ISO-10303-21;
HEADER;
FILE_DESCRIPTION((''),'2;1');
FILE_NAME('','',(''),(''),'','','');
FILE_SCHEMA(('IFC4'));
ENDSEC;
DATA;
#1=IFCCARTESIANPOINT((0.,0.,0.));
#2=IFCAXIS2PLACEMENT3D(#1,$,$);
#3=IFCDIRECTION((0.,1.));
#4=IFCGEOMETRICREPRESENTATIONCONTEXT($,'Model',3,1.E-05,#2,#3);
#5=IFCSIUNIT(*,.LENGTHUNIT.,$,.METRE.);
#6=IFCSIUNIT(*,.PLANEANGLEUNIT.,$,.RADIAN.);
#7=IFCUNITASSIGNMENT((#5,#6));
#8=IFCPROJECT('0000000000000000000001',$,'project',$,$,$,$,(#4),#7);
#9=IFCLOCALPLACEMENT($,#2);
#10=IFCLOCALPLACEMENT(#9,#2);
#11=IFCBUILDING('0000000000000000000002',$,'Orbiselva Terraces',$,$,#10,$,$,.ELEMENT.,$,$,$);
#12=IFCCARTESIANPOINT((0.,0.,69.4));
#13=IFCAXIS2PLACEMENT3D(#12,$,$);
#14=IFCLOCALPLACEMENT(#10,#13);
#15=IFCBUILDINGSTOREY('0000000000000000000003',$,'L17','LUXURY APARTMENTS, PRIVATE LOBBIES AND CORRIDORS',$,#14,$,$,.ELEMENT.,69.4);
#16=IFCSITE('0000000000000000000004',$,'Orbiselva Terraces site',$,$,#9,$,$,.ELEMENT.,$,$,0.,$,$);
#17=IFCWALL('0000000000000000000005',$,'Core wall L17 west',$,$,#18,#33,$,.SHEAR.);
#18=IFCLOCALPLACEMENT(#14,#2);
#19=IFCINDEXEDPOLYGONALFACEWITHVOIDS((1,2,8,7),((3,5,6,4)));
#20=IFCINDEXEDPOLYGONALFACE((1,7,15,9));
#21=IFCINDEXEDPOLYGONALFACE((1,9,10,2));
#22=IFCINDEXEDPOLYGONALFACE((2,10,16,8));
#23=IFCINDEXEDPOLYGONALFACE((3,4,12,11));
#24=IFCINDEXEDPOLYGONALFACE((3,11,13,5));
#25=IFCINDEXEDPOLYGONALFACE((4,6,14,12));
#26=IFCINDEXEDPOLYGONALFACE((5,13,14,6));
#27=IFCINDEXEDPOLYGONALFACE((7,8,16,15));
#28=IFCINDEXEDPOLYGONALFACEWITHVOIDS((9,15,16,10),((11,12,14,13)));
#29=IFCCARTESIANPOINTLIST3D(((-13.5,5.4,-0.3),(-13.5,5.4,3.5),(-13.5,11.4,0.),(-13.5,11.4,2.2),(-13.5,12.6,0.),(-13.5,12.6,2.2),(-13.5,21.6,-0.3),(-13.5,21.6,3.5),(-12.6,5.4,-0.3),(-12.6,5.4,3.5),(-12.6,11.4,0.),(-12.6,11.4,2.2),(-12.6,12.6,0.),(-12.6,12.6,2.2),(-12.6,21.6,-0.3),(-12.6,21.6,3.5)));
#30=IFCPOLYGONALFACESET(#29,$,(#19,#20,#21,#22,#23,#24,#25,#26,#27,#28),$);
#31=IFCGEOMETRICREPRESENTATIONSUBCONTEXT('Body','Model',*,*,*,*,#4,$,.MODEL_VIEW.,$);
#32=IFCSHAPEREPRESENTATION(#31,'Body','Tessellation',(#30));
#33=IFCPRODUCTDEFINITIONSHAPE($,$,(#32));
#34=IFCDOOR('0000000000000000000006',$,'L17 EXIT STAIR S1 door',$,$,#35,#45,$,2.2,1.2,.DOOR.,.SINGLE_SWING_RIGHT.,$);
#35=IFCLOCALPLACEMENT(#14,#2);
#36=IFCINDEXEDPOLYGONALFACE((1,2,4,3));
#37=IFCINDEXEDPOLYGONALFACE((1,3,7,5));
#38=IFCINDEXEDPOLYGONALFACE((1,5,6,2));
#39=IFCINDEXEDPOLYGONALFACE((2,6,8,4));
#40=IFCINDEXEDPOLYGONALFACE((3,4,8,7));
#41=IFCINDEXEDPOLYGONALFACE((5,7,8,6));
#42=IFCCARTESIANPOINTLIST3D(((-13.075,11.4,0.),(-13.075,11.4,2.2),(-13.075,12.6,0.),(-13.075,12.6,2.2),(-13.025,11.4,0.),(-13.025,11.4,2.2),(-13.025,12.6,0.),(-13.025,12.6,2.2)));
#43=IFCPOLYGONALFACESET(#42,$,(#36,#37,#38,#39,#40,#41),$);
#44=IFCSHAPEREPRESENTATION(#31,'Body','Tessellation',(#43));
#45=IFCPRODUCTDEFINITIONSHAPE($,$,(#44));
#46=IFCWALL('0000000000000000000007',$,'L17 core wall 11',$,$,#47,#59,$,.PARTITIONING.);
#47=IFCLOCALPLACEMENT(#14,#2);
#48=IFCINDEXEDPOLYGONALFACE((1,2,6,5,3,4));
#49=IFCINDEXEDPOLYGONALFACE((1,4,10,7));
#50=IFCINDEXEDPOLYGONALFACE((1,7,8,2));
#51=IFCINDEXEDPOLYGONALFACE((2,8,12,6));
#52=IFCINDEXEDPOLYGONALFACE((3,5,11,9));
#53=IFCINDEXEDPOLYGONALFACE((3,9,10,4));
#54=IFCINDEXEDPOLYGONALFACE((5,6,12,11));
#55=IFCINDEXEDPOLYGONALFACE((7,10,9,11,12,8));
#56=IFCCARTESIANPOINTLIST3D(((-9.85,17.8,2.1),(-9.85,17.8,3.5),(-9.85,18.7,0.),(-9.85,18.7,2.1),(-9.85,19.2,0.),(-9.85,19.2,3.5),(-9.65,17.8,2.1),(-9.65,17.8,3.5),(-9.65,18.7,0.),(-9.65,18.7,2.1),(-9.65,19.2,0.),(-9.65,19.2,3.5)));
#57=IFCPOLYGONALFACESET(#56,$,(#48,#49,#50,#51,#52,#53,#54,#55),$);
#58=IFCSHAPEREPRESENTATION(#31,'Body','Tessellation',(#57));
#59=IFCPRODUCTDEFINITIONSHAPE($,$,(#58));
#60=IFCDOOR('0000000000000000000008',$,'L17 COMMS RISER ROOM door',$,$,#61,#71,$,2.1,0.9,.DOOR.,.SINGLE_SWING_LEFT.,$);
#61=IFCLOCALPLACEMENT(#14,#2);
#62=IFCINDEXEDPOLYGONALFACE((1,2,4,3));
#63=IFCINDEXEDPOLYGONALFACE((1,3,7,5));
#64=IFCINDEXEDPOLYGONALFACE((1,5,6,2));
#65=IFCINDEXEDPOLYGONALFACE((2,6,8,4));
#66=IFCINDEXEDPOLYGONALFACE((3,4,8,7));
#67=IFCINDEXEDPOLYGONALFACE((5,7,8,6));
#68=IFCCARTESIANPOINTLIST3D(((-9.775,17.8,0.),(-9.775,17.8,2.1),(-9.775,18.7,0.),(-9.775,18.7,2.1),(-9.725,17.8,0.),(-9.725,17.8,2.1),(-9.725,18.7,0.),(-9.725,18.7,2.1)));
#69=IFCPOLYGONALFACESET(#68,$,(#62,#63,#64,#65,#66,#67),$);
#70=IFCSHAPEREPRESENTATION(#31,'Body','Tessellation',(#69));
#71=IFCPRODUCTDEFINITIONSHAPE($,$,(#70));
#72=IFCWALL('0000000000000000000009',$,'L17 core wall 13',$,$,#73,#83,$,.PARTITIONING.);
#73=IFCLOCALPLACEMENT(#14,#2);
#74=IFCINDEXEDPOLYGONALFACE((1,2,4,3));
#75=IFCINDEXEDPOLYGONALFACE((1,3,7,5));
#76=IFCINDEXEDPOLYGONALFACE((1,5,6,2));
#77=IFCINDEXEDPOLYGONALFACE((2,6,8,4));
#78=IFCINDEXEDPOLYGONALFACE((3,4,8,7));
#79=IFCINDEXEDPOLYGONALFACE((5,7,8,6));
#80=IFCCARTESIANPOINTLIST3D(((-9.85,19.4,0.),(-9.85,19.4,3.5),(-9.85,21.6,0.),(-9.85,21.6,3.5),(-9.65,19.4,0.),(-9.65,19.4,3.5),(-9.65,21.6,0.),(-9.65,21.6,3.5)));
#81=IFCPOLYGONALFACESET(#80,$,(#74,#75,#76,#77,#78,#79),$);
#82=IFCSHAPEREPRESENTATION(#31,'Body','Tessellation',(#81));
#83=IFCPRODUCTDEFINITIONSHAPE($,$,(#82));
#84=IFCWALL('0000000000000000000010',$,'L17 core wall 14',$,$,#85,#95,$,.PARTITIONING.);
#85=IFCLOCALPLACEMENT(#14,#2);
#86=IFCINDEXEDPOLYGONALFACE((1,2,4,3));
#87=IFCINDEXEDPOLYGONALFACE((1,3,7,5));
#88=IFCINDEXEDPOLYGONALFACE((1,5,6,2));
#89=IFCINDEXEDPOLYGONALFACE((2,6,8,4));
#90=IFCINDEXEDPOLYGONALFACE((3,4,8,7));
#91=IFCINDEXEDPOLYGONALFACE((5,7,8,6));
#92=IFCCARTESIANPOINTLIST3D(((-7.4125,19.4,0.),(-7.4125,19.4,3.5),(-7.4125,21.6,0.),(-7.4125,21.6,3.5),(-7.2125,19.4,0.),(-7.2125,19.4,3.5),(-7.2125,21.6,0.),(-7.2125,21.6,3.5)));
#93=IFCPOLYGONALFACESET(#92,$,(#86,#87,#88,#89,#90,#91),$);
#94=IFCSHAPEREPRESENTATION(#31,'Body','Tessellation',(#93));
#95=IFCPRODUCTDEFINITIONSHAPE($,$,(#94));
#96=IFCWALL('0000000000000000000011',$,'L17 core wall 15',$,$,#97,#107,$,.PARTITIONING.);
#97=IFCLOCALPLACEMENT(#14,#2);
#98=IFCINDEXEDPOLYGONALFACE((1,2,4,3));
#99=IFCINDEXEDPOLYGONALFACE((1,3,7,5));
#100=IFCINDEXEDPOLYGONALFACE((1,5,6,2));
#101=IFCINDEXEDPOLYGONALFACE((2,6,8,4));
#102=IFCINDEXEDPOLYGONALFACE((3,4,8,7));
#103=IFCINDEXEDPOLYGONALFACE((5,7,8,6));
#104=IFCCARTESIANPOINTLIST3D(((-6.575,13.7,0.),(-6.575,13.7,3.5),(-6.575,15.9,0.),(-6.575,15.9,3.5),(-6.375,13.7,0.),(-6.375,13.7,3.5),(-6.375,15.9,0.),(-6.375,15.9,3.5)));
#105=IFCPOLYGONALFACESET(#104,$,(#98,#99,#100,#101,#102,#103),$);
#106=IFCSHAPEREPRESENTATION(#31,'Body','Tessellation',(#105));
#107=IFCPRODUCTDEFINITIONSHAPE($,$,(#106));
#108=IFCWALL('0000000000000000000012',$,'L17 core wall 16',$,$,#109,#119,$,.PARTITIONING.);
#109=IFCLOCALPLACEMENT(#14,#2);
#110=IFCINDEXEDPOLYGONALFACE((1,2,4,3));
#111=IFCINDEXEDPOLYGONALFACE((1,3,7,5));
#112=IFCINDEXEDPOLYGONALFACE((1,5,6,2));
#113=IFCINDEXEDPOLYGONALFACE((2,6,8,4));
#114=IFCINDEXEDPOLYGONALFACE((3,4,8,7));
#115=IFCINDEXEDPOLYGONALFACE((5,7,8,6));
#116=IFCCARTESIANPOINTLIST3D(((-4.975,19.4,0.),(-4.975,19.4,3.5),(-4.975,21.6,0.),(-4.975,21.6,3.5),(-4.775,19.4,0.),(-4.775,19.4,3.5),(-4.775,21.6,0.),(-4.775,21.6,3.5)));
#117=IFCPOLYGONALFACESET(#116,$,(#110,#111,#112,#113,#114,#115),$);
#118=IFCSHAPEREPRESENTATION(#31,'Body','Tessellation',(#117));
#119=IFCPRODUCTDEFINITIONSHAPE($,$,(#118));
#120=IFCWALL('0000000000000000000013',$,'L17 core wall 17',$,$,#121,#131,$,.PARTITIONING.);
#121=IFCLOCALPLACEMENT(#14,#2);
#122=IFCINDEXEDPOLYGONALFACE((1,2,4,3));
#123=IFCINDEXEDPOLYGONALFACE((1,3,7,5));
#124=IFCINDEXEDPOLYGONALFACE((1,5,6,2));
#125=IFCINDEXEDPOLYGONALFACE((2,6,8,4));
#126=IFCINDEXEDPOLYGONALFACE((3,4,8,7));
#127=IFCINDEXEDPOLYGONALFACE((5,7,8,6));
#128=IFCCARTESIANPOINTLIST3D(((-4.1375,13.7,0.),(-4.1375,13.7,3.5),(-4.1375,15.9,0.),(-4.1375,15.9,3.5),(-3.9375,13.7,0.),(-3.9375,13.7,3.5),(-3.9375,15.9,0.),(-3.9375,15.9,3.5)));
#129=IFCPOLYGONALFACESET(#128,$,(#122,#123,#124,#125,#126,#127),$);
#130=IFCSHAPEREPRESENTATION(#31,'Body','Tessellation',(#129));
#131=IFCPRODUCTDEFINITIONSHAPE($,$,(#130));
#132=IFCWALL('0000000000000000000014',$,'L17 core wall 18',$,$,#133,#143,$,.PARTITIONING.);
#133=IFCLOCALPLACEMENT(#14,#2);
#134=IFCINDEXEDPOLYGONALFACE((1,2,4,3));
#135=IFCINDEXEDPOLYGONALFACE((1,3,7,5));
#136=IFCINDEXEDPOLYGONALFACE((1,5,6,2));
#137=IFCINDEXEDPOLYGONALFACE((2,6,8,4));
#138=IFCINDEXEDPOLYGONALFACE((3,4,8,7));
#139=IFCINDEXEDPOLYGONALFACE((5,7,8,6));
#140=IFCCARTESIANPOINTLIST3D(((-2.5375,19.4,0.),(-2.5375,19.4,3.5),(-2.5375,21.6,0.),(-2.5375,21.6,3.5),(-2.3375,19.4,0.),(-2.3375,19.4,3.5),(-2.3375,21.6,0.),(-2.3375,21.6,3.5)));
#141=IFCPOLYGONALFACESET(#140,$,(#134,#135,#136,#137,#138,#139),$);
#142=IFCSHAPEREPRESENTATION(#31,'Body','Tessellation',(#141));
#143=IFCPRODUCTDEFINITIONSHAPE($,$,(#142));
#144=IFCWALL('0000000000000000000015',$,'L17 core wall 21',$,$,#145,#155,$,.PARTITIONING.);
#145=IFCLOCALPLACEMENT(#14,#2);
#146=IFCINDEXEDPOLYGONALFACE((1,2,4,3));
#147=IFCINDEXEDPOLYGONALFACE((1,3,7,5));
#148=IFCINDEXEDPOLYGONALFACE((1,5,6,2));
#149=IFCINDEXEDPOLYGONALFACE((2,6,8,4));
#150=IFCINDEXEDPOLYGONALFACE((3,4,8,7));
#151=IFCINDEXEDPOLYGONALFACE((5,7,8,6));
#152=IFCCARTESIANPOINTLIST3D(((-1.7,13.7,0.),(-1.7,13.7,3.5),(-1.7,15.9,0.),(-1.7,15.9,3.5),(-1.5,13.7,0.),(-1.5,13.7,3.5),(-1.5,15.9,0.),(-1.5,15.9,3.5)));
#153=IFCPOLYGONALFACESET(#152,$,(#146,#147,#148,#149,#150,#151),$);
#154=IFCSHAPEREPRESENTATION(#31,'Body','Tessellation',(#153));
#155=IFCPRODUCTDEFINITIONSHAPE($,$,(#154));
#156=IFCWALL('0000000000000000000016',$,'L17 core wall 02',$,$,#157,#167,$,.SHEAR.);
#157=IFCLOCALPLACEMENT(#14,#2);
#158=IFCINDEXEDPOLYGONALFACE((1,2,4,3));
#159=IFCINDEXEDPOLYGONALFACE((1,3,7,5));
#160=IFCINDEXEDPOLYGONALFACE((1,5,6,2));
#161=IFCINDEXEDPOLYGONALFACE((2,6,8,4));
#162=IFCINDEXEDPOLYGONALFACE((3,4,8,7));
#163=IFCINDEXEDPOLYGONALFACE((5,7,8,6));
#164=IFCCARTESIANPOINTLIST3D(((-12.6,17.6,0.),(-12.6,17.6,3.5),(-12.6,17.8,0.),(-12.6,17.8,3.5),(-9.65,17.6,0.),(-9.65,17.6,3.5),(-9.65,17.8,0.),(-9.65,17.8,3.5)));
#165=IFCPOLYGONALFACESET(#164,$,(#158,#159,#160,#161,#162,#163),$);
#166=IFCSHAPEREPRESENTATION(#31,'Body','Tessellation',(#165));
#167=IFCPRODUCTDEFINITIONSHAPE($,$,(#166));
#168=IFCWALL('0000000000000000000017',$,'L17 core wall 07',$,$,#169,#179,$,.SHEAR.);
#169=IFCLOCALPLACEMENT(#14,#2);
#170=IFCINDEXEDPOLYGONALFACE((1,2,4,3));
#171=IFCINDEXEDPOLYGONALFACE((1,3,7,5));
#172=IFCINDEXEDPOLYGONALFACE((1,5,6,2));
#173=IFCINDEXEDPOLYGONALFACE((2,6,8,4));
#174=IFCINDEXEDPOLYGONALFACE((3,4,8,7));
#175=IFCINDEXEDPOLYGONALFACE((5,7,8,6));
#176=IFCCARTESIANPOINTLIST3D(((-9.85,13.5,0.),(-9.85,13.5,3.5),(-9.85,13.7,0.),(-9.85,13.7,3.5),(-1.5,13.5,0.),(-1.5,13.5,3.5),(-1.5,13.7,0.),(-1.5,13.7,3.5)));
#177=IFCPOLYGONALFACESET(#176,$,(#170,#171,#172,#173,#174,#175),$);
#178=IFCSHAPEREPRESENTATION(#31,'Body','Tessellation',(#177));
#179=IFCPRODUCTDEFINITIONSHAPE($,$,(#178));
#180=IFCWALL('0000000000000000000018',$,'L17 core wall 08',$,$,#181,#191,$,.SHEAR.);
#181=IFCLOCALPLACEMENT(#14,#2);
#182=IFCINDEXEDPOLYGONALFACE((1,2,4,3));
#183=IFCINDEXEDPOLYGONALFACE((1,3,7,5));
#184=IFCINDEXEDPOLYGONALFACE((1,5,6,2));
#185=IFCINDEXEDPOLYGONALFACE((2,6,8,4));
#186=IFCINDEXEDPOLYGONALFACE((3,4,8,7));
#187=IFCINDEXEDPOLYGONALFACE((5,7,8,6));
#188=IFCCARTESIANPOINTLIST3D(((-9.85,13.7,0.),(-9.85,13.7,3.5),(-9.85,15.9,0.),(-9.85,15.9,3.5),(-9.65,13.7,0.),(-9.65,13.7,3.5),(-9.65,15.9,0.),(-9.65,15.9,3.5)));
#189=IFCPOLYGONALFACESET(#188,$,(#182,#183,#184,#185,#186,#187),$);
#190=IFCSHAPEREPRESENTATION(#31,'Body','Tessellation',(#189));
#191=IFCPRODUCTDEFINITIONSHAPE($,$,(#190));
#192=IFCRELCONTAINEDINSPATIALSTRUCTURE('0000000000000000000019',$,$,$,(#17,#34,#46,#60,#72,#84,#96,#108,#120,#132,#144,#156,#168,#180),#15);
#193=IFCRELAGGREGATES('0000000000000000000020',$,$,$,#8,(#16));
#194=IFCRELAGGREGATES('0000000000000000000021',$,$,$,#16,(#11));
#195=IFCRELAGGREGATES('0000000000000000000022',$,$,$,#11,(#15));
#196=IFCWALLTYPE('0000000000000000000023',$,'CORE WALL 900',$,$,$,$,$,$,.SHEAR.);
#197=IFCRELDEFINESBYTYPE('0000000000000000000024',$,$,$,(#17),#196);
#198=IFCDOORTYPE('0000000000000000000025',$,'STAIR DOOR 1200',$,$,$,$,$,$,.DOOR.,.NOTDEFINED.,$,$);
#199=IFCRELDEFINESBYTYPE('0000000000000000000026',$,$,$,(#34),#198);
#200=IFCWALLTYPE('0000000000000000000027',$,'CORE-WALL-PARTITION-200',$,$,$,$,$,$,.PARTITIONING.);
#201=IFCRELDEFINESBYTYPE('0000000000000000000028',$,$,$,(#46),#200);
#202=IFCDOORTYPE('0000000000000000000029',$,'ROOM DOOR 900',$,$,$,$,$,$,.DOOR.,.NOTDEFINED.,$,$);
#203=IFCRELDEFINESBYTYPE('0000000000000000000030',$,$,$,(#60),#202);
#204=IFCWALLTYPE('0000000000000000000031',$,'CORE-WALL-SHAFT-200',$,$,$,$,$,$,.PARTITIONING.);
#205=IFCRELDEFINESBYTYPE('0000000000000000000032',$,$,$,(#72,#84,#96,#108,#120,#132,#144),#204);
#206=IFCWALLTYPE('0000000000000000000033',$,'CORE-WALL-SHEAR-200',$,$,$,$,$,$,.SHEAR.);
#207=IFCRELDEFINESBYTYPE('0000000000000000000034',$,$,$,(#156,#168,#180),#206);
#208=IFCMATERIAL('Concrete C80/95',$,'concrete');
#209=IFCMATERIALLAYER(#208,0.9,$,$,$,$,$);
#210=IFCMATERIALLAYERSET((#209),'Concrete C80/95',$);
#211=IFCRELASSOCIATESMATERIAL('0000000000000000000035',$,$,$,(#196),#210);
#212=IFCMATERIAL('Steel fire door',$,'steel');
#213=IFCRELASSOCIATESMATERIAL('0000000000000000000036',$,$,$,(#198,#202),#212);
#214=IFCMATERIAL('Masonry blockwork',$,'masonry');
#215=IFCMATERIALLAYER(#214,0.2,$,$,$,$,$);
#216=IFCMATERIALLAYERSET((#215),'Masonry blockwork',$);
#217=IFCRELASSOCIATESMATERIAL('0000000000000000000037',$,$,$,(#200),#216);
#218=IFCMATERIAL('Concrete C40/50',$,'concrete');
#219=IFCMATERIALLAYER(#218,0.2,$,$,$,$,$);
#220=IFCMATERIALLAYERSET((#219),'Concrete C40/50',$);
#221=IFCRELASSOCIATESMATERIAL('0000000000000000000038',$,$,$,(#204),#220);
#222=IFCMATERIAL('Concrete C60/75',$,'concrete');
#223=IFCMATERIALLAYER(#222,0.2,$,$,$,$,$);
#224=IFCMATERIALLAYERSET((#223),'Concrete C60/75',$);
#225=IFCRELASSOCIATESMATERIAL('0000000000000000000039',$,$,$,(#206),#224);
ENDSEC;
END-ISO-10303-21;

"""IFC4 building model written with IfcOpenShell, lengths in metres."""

from ifc_helpers import new_model, si_unit, direction, frame, frame_2d, origin, place, context, subcontext, project, spatial, rectangle, extrude, material, layer, layer_set, type_object, element, fill, save


model = new_model("IFC4")

# Units and contexts
model_context = context("Model", 3, precision=1e-05, world=origin(), true_north=direction((0.0, 1.0)))
body_context = subcontext(model_context, "Body", "Model", "MODEL_VIEW")
ifc_project = project(units=[si_unit("LENGTHUNIT", "METRE"), si_unit("PLANEANGLEUNIT", "RADIAN")], contexts=[model_context])

# Site, building, storey
site_placement = place(None, origin())
site = spatial("IfcSite", under=ifc_project, at=site_placement, Name="Orbiselva Terraces site", CompositionType="ELEMENT", RefElevation=0.0)
building_placement = place(site_placement, origin())
building = spatial("IfcBuilding", under=site, at=building_placement, Name="Orbiselva Terraces", CompositionType="ELEMENT")
storey_placement = place(building_placement, frame((0.0, 0.0, 69.4)))
storey = spatial("IfcBuildingStorey", under=building, at=storey_placement, Name="L17", Description="LUXURY APARTMENTS, PRIVATE LOBBIES AND CORRIDORS", CompositionType="ELEMENT", Elevation=69.4)

# Walls, openings, doors
ifc_material_1 = material(Name="Concrete C80/95", Category="concrete")
ifc_layer_1 = layer(ifc_material_1, 0.9)
ifc_layer_set_1 = layer_set([ifc_layer_1], Name="Concrete C80/95")
wall_type_1 = type_object("IfcWallType", Name="CORE WALL 900", PredefinedType="SHEAR", material=ifc_layer_set_1)
wall_1_placement = place(storey_placement, frame((-13.05, 21.6, -0.3), z_axis=(0.0, 0.0, 1.0), x_axis=(0.0, -1.0, 0.0)))
wall_1 = element("IfcWall", 1, at=wall_1_placement, inside=storey, type_object=wall_type_1, Name="Core wall L17 west", PredefinedType="SHEAR", context=body_context, shape_type="SweptSolid", body=[
    extrude(rectangle(XDim=16.2, YDim=0.9, at=frame_2d((8.1, 0.0))), origin(), (0.0, 0.0, 1.0), 3.8),
])
opening_1_placement = place(wall_1_placement, frame((9.0, 0.0, 0.3)))
opening_1 = element("IfcOpeningElement", 2, at=opening_1_placement, cuts=wall_1, PredefinedType="OPENING", context=body_context, shape_type="SweptSolid", body=[
    extrude(rectangle(XDim=1.2, YDim=2.2, at=frame_2d((0.6, 1.1))), frame((0.0, 0.46, 0.0), z_axis=(0.0, -1.0, 0.0), x_axis=(1.0, 0.0, 0.0)), (0.0, 0.0, 1.0), 0.92),
])
ifc_material_2 = material(Name="Steel fire door", Category="steel")
door_type_1 = type_object("IfcDoorType", Name="STAIR DOOR 1200", OperationType="NOTDEFINED", PredefinedType="DOOR", material=ifc_material_2)
door_1_placement = place(opening_1_placement, frame((1.2, 0.0, 0.0), z_axis=(0.0, 0.0, 1.0), x_axis=(-1.0, 0.0, 0.0)))
door_1 = element("IfcDoor", 3, at=door_1_placement, inside=storey, type_object=door_type_1, Name="L17 EXIT STAIR S1 door", OperationType="SINGLE_SWING_RIGHT", OverallHeight=2.2, OverallWidth=1.2, PredefinedType="DOOR", context=body_context, shape_type="SweptSolid", body=[
    extrude(rectangle(XDim=1.2, YDim=2.2, at=frame_2d((0.6, 1.1))), frame((0.0, 0.025, 0.0), z_axis=(0.0, -1.0, 0.0), x_axis=(1.0, 0.0, 0.0)), (0.0, 0.0, 1.0), 0.05),
])
fill(opening_1, door_1)
ifc_material_3 = material(Name="Masonry blockwork", Category="masonry")
ifc_layer_2 = layer(ifc_material_3, 0.2)
ifc_layer_set_2 = layer_set([ifc_layer_2], Name="Masonry blockwork")
wall_type_2 = type_object("IfcWallType", Name="CORE-WALL-PARTITION-200", PredefinedType="PARTITIONING", material=ifc_layer_set_2)
wall_2_placement = place(storey_placement, frame((-9.75, 17.8, 0.0), z_axis=(0.0, 0.0, 1.0), x_axis=(0.0, 1.0, 0.0)))
wall_2 = element("IfcWall", 4, at=wall_2_placement, inside=storey, type_object=wall_type_2, Name="L17 core wall 11", PredefinedType="PARTITIONING", context=body_context, shape_type="SweptSolid", body=[
    extrude(rectangle(XDim=1.4, YDim=0.2, at=frame_2d((0.7, 0.0))), origin(), (0.0, 0.0, 1.0), 3.5),
])
opening_2_placement = place(wall_2_placement, origin())
opening_2 = element("IfcOpeningElement", 5, at=opening_2_placement, cuts=wall_2, PredefinedType="OPENING", context=body_context, shape_type="SweptSolid", body=[
    extrude(rectangle(XDim=0.9, YDim=2.1, at=frame_2d((0.45, 1.05))), frame((0.0, 0.11, 0.0), z_axis=(0.0, -1.0, 0.0), x_axis=(1.0, 0.0, 0.0)), (0.0, 0.0, 1.0), 0.22),
])
door_type_2 = type_object("IfcDoorType", Name="ROOM DOOR 900", OperationType="NOTDEFINED", PredefinedType="DOOR", material=ifc_material_2)
door_2_placement = place(opening_2_placement, origin())
door_2 = element("IfcDoor", 6, at=door_2_placement, inside=storey, type_object=door_type_2, Name="L17 COMMS RISER ROOM door", OperationType="SINGLE_SWING_LEFT", OverallHeight=2.1, OverallWidth=0.9, PredefinedType="DOOR", context=body_context, shape_type="SweptSolid", body=[
    extrude(rectangle(XDim=0.9, YDim=2.1, at=frame_2d((0.45, 1.05))), frame((0.0, 0.025, 0.0), z_axis=(0.0, -1.0, 0.0), x_axis=(1.0, 0.0, 0.0)), (0.0, 0.0, 1.0), 0.05),
])
fill(opening_2, door_2)

# Walls
ifc_material_4 = material(Name="Concrete C40/50", Category="concrete")
ifc_layer_3 = layer(ifc_material_4, 0.2)
ifc_layer_set_3 = layer_set([ifc_layer_3], Name="Concrete C40/50")
wall_type_3 = type_object("IfcWallType", Name="CORE-WALL-SHAFT-200", PredefinedType="PARTITIONING", material=ifc_layer_set_3)
for number, where, z_axis, x_axis, name in (
    (7, (-9.75, 19.4, 0.0), (0.0, 0.0, 1.0), (0.0, 1.0, 0.0), "L17 core wall 13"),
    (8, (-7.3125, 19.4, 0.0), (0.0, 0.0, 1.0), (0.0, 1.0, 0.0), "L17 core wall 14"),
    (9, (-6.475, 13.7, 0.0), (0.0, 0.0, 1.0), (0.0, 1.0, 0.0), "L17 core wall 15"),
    (10, (-4.875, 19.4, 0.0), (0.0, 0.0, 1.0), (0.0, 1.0, 0.0), "L17 core wall 16"),
    (11, (-4.0375, 13.7, 0.0), (0.0, 0.0, 1.0), (0.0, 1.0, 0.0), "L17 core wall 17"),
    (12, (-2.4375, 19.4, 0.0), (0.0, 0.0, 1.0), (0.0, 1.0, 0.0), "L17 core wall 18"),
    (13, (-1.6, 13.7, 0.0), (0.0, 0.0, 1.0), (0.0, 1.0, 0.0), "L17 core wall 21"),
):
    element("IfcWall", number, at=place(storey_placement, frame(where, z_axis=z_axis, x_axis=x_axis)), inside=storey, type_object=wall_type_3, Name=name, PredefinedType="PARTITIONING", context=body_context, shape_type="SweptSolid", body=[
        extrude(rectangle(XDim=2.2, YDim=0.2, at=frame_2d((1.1, 0.0))), origin(), (0.0, 0.0, 1.0), 3.5),
    ])
ifc_material_5 = material(Name="Concrete C60/75", Category="concrete")
ifc_layer_4 = layer(ifc_material_5, 0.2)
ifc_layer_set_4 = layer_set([ifc_layer_4], Name="Concrete C60/75")
wall_type_4 = type_object("IfcWallType", Name="CORE-WALL-SHEAR-200", PredefinedType="SHEAR", material=ifc_layer_set_4)
wall_3_placement = place(storey_placement, frame((-12.6, 17.7, 0.0), z_axis=(0.0, 0.0, 1.0), x_axis=(1.0, 0.0, 0.0)))
element("IfcWall", 14, at=wall_3_placement, inside=storey, type_object=wall_type_4, Name="L17 core wall 02", PredefinedType="SHEAR", context=body_context, shape_type="SweptSolid", body=[
    extrude(rectangle(XDim=2.95, YDim=0.2, at=frame_2d((1.475, 0.0))), origin(), (0.0, 0.0, 1.0), 3.5),
])
wall_4_placement = place(storey_placement, frame((-9.85, 13.6, 0.0), z_axis=(0.0, 0.0, 1.0), x_axis=(1.0, 0.0, 0.0)))
element("IfcWall", 15, at=wall_4_placement, inside=storey, type_object=wall_type_4, Name="L17 core wall 07", PredefinedType="SHEAR", context=body_context, shape_type="SweptSolid", body=[
    extrude(rectangle(XDim=8.35, YDim=0.2, at=frame_2d((4.175, 0.0))), origin(), (0.0, 0.0, 1.0), 3.5),
])
wall_5_placement = place(storey_placement, frame((-9.75, 13.7, 0.0), z_axis=(0.0, 0.0, 1.0), x_axis=(0.0, 1.0, 0.0)))
element("IfcWall", 16, at=wall_5_placement, inside=storey, type_object=wall_type_4, Name="L17 core wall 08", PredefinedType="SHEAR", context=body_context, shape_type="SweptSolid", body=[
    extrude(rectangle(XDim=2.2, YDim=0.2, at=frame_2d((1.1, 0.0))), origin(), (0.0, 0.0, 1.0), 3.5),
])

save(model, "model.ifc")
